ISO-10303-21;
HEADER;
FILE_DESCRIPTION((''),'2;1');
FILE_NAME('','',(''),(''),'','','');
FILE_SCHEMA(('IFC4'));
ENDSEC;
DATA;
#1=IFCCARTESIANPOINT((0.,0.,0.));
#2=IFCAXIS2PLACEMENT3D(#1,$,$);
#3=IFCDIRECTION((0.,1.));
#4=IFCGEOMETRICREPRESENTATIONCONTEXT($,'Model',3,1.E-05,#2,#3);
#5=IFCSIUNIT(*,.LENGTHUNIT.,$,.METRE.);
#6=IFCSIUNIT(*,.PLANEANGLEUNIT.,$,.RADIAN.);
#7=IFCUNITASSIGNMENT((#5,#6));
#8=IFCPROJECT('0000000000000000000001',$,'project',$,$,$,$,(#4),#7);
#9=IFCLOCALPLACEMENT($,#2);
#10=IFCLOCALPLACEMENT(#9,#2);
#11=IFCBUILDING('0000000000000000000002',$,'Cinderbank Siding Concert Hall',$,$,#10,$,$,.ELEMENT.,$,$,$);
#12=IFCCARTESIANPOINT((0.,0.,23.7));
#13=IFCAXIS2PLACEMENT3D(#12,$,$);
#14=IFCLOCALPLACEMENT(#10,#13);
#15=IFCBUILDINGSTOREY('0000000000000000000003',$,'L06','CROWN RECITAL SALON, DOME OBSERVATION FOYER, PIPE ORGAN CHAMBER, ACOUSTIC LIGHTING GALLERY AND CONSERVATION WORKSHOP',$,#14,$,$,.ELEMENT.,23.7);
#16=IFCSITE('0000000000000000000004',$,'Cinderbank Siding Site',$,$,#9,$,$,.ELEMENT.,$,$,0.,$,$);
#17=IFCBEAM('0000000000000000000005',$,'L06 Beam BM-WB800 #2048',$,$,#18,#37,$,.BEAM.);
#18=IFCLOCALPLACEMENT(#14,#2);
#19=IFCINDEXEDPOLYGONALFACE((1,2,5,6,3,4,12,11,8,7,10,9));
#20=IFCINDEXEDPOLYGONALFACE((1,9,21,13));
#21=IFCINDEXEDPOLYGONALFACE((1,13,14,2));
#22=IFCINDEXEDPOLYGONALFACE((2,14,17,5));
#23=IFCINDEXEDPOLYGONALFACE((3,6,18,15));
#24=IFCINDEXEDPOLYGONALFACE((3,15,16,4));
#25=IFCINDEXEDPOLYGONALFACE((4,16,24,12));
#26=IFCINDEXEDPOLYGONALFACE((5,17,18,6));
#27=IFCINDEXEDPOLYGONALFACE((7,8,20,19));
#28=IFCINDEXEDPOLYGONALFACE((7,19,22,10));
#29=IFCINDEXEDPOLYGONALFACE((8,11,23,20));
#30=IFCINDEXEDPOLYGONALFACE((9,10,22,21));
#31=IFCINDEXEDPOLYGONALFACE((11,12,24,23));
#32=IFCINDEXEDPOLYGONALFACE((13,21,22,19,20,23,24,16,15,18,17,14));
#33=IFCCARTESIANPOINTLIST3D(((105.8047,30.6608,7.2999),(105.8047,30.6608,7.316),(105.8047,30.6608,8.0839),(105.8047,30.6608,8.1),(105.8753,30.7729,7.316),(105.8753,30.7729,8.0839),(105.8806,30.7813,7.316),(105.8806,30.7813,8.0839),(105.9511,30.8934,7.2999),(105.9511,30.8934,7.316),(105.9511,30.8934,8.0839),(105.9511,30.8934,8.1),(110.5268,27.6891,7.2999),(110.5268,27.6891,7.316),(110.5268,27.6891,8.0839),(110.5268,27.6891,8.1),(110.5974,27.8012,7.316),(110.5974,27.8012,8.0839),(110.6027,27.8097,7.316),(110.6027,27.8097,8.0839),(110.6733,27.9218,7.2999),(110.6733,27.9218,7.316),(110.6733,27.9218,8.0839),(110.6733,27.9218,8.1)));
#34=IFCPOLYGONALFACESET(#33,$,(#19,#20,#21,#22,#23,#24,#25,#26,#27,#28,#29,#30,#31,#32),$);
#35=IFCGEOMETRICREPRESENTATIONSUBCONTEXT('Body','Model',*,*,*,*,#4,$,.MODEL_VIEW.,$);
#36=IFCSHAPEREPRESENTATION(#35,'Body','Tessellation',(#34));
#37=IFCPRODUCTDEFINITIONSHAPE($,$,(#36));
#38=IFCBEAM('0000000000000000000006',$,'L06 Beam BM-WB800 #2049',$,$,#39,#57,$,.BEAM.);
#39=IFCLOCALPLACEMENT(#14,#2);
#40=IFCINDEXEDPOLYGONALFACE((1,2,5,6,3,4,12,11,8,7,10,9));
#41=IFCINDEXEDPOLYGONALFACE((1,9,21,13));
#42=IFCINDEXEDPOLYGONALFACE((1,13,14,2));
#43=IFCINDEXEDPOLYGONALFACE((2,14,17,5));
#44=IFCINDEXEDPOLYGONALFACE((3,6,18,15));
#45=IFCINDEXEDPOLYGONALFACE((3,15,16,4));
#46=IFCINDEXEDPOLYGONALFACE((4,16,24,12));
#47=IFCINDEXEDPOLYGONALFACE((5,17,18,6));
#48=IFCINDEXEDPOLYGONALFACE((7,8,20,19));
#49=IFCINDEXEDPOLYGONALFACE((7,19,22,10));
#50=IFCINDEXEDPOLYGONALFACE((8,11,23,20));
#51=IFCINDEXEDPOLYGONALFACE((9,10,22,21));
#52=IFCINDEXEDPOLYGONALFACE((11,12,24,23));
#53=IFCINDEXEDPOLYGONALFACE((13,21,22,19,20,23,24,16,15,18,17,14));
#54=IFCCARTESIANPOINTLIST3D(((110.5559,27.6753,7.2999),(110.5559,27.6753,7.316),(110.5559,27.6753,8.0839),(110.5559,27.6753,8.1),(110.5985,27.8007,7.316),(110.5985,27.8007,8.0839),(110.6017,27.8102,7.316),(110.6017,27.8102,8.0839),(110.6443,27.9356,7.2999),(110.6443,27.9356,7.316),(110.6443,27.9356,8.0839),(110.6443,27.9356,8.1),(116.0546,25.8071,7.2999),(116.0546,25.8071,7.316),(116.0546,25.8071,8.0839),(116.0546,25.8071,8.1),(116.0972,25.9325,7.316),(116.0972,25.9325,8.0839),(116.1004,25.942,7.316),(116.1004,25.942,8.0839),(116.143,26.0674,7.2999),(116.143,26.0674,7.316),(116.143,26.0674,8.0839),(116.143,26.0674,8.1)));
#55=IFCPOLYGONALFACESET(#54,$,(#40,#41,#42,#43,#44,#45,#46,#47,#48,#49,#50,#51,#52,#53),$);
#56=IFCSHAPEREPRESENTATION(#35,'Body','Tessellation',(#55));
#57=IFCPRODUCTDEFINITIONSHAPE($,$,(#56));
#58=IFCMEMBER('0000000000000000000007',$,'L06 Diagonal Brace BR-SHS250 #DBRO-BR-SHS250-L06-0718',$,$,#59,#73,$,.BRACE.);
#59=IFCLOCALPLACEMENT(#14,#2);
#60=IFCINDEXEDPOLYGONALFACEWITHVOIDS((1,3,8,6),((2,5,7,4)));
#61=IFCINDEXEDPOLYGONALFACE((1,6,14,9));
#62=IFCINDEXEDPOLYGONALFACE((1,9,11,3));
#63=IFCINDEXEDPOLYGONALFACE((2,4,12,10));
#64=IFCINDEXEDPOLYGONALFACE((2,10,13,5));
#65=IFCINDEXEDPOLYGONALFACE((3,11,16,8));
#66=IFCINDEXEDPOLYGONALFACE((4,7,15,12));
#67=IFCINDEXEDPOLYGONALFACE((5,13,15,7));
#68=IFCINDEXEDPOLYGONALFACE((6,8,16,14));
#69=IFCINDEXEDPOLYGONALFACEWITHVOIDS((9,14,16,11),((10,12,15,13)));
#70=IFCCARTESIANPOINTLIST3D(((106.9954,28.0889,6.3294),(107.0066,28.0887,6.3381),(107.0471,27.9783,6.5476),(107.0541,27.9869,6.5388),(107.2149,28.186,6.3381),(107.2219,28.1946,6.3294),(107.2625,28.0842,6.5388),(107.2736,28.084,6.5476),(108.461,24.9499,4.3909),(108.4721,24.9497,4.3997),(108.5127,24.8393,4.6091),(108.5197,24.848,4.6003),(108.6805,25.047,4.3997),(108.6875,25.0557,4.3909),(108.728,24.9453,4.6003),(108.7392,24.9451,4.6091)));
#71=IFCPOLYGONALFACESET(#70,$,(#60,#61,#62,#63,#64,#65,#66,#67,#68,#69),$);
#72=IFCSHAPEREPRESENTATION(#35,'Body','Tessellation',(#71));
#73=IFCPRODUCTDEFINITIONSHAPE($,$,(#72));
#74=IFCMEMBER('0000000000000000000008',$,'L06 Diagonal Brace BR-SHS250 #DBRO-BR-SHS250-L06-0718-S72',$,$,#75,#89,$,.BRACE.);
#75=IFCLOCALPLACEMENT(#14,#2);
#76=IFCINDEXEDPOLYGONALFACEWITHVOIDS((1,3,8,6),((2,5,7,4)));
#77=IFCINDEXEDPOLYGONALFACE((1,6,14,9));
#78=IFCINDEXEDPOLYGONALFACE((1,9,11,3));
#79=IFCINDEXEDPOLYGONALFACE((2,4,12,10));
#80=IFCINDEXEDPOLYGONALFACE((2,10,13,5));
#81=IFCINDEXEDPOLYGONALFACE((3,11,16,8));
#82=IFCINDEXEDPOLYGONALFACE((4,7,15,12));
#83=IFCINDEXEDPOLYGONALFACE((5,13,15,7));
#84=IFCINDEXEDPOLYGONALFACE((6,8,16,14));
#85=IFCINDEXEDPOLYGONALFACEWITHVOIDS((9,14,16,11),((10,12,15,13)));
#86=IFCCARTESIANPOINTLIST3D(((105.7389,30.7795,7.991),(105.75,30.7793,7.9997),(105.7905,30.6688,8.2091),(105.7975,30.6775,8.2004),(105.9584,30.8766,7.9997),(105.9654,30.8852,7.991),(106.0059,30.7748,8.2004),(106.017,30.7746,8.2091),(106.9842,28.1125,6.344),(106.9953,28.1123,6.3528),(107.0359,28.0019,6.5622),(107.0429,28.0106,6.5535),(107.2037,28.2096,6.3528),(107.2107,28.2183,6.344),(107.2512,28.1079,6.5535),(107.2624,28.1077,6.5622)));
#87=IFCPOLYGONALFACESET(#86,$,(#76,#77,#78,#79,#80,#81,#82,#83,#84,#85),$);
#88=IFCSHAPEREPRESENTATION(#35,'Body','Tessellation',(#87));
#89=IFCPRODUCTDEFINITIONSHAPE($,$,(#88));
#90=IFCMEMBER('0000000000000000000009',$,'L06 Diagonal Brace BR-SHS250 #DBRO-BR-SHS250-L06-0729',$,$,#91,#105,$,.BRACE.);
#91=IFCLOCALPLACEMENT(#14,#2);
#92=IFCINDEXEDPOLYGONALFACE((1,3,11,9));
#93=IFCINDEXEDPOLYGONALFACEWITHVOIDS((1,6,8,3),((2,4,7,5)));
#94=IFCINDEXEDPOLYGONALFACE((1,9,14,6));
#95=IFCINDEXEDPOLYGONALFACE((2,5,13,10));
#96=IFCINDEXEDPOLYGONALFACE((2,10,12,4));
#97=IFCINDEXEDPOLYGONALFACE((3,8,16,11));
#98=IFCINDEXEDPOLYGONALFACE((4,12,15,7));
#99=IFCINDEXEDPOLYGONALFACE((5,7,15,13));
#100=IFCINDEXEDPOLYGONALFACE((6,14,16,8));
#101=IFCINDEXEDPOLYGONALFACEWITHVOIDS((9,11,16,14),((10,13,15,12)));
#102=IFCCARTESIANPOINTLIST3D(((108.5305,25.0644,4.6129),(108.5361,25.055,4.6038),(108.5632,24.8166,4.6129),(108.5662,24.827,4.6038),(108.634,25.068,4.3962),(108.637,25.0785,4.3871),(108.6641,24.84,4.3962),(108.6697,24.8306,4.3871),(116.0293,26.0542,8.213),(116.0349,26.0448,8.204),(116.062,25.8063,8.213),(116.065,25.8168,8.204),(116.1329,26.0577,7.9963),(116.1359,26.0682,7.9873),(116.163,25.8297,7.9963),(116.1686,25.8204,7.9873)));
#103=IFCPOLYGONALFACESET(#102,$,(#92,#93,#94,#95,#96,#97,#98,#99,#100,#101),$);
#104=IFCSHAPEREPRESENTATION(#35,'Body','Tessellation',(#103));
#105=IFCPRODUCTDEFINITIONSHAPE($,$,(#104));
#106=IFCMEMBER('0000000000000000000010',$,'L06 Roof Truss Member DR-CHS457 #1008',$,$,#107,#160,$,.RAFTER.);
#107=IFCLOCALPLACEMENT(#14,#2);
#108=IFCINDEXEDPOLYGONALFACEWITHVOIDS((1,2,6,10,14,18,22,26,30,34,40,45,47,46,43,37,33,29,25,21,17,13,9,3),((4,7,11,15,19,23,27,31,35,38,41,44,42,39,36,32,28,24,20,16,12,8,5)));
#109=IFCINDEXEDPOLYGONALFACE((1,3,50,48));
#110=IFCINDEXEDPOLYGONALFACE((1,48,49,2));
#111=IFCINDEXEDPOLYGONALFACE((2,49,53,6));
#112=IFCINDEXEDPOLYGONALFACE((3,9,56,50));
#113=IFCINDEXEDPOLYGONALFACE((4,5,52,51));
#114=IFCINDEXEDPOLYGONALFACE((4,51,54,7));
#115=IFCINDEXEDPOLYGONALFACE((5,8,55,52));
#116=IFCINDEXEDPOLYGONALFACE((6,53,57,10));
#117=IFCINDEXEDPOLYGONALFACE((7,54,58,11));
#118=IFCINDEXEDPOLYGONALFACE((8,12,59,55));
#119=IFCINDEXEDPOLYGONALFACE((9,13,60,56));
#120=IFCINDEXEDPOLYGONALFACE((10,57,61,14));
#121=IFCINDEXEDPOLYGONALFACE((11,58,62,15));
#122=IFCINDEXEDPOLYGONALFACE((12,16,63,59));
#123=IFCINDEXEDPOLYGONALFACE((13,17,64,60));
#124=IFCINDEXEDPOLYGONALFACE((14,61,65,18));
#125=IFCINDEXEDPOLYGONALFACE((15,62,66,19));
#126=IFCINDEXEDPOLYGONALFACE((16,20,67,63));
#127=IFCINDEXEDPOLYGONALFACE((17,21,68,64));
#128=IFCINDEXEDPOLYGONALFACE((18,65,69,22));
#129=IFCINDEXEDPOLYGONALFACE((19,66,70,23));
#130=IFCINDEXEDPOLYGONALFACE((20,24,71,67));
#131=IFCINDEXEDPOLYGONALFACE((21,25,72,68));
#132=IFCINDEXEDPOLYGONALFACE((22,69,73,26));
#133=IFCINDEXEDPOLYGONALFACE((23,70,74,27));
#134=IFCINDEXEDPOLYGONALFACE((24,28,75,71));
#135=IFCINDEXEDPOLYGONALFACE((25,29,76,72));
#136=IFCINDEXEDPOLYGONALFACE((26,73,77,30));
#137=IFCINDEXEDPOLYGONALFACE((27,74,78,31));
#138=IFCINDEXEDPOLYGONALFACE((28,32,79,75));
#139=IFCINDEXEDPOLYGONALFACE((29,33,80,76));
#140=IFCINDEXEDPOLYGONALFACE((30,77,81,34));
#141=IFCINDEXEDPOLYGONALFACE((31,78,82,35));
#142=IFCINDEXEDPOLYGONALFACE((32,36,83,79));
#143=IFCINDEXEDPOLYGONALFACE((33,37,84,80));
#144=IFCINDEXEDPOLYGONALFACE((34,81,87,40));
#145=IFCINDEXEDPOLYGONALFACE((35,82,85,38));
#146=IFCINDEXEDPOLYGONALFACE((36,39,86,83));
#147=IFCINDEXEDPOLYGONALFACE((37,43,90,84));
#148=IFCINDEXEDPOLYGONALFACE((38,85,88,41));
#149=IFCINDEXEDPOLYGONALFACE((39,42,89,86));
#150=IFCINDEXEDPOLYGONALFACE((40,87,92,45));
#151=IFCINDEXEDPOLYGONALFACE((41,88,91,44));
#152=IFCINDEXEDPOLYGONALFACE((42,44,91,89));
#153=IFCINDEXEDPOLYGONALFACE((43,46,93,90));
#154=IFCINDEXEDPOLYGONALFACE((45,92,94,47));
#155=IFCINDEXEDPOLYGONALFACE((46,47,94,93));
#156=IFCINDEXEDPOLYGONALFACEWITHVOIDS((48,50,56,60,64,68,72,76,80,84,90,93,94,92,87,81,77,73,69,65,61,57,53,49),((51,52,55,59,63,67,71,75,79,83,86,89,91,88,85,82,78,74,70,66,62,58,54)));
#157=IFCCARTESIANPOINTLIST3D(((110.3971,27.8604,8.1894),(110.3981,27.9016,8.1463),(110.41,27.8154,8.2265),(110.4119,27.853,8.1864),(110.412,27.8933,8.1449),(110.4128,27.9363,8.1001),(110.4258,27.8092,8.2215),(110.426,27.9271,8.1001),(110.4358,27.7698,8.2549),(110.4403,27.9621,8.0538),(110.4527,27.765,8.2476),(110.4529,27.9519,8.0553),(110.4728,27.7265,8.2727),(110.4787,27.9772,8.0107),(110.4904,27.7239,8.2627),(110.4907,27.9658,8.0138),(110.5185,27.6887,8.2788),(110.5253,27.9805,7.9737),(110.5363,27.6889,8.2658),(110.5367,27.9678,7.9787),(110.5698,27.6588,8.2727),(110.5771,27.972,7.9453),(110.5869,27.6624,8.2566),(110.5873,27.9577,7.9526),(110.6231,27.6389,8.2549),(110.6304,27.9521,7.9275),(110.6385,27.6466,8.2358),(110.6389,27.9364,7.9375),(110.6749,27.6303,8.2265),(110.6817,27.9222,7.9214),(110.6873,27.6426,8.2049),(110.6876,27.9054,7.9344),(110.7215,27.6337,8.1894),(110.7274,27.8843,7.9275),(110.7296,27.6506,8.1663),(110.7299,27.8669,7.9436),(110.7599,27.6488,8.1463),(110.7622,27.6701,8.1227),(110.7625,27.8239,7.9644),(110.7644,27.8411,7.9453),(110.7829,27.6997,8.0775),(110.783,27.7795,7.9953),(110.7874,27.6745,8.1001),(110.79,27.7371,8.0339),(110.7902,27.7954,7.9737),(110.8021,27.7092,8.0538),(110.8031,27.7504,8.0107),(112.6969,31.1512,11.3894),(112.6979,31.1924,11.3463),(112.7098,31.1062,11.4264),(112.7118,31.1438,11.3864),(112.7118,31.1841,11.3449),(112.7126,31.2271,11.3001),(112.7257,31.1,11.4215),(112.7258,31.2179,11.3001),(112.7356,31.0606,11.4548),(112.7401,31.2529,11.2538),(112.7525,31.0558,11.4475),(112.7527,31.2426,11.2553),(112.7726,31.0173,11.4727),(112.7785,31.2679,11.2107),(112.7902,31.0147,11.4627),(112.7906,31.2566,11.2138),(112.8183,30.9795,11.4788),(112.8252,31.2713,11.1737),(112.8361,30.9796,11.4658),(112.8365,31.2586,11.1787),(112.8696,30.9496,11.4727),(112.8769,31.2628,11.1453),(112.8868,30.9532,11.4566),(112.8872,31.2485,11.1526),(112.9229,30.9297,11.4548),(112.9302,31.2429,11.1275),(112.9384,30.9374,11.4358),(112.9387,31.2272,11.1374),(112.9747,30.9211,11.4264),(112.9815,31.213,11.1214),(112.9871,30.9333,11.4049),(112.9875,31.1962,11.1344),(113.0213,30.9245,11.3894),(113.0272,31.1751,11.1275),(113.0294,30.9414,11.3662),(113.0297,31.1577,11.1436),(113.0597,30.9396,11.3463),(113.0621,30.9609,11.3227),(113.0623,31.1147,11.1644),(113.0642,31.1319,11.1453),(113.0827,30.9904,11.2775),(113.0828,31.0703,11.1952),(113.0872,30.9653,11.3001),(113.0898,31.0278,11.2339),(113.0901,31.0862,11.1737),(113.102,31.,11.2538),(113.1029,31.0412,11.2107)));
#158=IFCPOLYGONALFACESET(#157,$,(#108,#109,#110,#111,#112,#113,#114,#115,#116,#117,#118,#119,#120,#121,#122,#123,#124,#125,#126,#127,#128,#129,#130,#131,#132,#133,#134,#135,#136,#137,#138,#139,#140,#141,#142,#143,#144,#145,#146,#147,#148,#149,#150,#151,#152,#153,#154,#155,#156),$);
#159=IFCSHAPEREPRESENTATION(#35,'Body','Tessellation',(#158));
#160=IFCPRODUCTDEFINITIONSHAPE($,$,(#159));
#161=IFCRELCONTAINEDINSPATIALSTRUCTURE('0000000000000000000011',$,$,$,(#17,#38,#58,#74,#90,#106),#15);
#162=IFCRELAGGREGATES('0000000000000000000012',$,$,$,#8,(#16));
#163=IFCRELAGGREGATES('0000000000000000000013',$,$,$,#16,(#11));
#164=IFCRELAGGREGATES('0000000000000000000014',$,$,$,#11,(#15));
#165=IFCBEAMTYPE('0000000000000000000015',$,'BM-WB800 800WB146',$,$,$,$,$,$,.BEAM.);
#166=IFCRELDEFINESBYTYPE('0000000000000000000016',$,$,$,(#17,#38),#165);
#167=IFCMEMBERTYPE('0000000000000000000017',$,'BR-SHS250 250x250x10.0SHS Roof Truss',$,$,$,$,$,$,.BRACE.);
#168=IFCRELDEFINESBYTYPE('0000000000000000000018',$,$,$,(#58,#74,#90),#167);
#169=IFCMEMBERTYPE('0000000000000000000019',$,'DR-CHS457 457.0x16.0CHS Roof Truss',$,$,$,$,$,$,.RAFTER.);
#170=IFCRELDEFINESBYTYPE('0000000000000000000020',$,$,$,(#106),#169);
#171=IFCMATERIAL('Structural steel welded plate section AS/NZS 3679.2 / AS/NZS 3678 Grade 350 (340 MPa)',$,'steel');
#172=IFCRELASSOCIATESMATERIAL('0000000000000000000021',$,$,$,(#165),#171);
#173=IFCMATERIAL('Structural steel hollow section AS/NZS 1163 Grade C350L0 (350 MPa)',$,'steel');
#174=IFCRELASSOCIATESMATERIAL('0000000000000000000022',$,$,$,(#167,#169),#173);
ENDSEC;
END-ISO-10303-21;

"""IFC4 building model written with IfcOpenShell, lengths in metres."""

from ifc_helpers import new_model, si_unit, direction, frame, origin, origin_2d, place, context, subcontext, project, spatial, hollow_rectangle, hollow_circle, i_section, extrude, material, material_profile, profile_set, type_object, element, save


model = new_model("IFC4")

# Units and contexts
model_context = context("Model", 3, precision=1e-05, world=origin(), true_north=direction((0.0, 1.0)))
body_context = subcontext(model_context, "Body", "Model", "MODEL_VIEW")
ifc_project = project(units=[si_unit("LENGTHUNIT", "METRE"), si_unit("PLANEANGLEUNIT", "RADIAN")], contexts=[model_context])

# Site, building, storey
site_placement = place(None, origin())
site = spatial("IfcSite", under=ifc_project, at=site_placement, Name="Cinderbank Siding Site", CompositionType="ELEMENT", RefElevation=0.0)
building_placement = place(site_placement, origin())
building = spatial("IfcBuilding", under=site, at=building_placement, Name="Cinderbank Siding Concert Hall", CompositionType="ELEMENT")
storey_placement = place(building_placement, frame((0.0, 0.0, 23.7)))
storey = spatial("IfcBuildingStorey", under=building, at=storey_placement, Name="L06", Description="CROWN RECITAL SALON, DOME OBSERVATION FOYER, PIPE ORGAN CHAMBER, ACOUSTIC LIGHTING GALLERY AND CONSERVATION WORKSHOP", CompositionType="ELEMENT", Elevation=23.7)

# Beams
ifc_material_1 = material(Name="Structural steel welded plate section AS/NZS 3679.2 / AS/NZS 3678 Grade 350 (340 MPa)", Category="steel")
ifc_material_profile_1 = material_profile(ifc_material_1, i_section(OverallWidth=0.2749, OverallDepth=0.8, WebThickness=0.01, FlangeThickness=0.0161, at=origin_2d()), Name="800WB146", Category="LoadBearing")
ifc_profile_set_1 = profile_set([ifc_material_profile_1], Name="Structural steel welded plate section AS/NZS 3679.2 / AS/NZS 3678 Grade 350 (340 MPa)")
beam_type = type_object("IfcBeamType", Name="BM-WB800 800WB146", PredefinedType="BEAM", material=ifc_profile_set_1)
beam_1_placement = place(storey_placement, frame((105.8779, 30.7771, 7.7), z_axis=(0.846357, -0.532616, 0.0), x_axis=(0.532616, 0.846357, 0.0)))
element("IfcBeam", 1, at=beam_1_placement, inside=storey, type_object=beam_type, Name="L06 Beam BM-WB800 #2048", PredefinedType="BEAM", context=body_context, shape_type="SweptSolid", body=[
    extrude(i_section(OverallWidth=0.2749, OverallDepth=0.8, WebThickness=0.01, FlangeThickness=0.0161, at=origin_2d()), origin(), (0.0, 0.0, 1.0), 5.5793),
])
beam_2_placement = place(storey_placement, frame((110.6001, 27.8054, 7.7), z_axis=(0.946847, -0.321683, 0.0), x_axis=(0.321683, 0.946847, 0.0)))
element("IfcBeam", 2, at=beam_2_placement, inside=storey, type_object=beam_type, Name="L06 Beam BM-WB800 #2049", PredefinedType="BEAM", context=body_context, shape_type="SweptSolid", body=[
    extrude(i_section(OverallWidth=0.2749, OverallDepth=0.8, WebThickness=0.01, FlangeThickness=0.0161, at=origin_2d()), origin(), (0.0, 0.0, 1.0), 5.8074),
])

# Members
ifc_material_2 = material(Name="Structural steel hollow section AS/NZS 1163 Grade C350L0 (350 MPa)", Category="steel")
ifc_material_profile_2 = material_profile(ifc_material_2, hollow_rectangle(XDim=0.25, YDim=0.25, WallThickness=0.01, at=origin_2d()), Name="250x250x10.0SHS", Category="LoadBearing")
ifc_profile_set_2 = profile_set([ifc_material_profile_2], Name="Structural steel hollow section AS/NZS 1163 Grade C350L0 (350 MPa)")
member_type_1 = type_object("IfcMemberType", Name="BR-SHS250 250x250x10.0SHS Roof Truss", PredefinedType="BRACE", material=ifc_profile_set_2)
member_1_placement = place(storey_placement, frame((108.6001, 24.9475, 4.5), z_axis=(-0.369192, 0.790722, 0.48832), x_axis=(-0.9061, -0.423063, 0.0)))
element("IfcMember", 3, at=member_1_placement, inside=storey, type_object=member_type_1, Name="L06 Diagonal Brace BR-SHS250 #DBRO-BR-SHS250-L06-0718", PredefinedType="BRACE", context=body_context, shape_type="SweptSolid", body=[
    extrude(hollow_rectangle(XDim=0.25, YDim=0.25, WallThickness=0.01, at=origin_2d()), origin(), (0.0, 0.0, 1.0), 3.9697),
])
member_2_placement = place(storey_placement, frame((107.1233, 28.1101, 6.4531), z_axis=(-0.369228, 0.790718, 0.488299), x_axis=(-0.906084, -0.423099, 0.0)))
element("IfcMember", 4, at=member_2_placement, inside=storey, type_object=member_type_1, Name="L06 Diagonal Brace BR-SHS250 #DBRO-BR-SHS250-L06-0718-S72", PredefinedType="BRACE", context=body_context, shape_type="SweptSolid", body=[
    extrude(hollow_rectangle(XDim=0.25, YDim=0.25, WallThickness=0.01, at=origin_2d()), origin(), (0.0, 0.0, 1.0), 3.3728),
])
member_3_placement = place(storey_placement, frame((108.6001, 24.9475, 4.5), z_axis=(0.895176, 0.118152, 0.429766), x_axis=(-0.130853, 0.991402, 0.0)))
element("IfcMember", 5, at=member_3_placement, inside=storey, type_object=member_type_1, Name="L06 Diagonal Brace BR-SHS250 #DBRO-BR-SHS250-L06-0729", PredefinedType="BRACE", context=body_context, shape_type="SweptSolid", body=[
    extrude(hollow_rectangle(XDim=0.25, YDim=0.25, WallThickness=0.01, at=origin_2d()), origin(), (0.0, 0.0, 1.0), 8.377),
])
ifc_material_profile_3 = material_profile(ifc_material_2, hollow_circle(Radius=0.2285, WallThickness=0.0161, at=origin_2d()), Name="457.0x16.0CHS", Category="LoadBearing")
ifc_profile_set_3 = profile_set([ifc_material_profile_3], Name="Structural steel hollow section AS/NZS 1163 Grade C350L0 (350 MPa)")
member_type_2 = type_object("IfcMemberType", Name="DR-CHS457 457.0x16.0CHS Roof Truss", PredefinedType="RAFTER", material=ifc_profile_set_3)
member_4_placement = place(storey_placement, frame((110.6001, 27.8054, 8.1001), z_axis=(0.447956, 0.640976, 0.623286), x_axis=(-0.819669, 0.572838, 0.0)))
element("IfcMember", 6, at=member_4_placement, inside=storey, type_object=member_type_2, Name="L06 Roof Truss Member DR-CHS457 #1008", PredefinedType="RAFTER", context=body_context, shape_type="SweptSolid", body=[
    extrude(hollow_circle(Radius=0.2285, WallThickness=0.0161, at=origin_2d()), origin(), (0.0, 0.0, 1.0), 5.134),
])

save(model, "model.ifc")
